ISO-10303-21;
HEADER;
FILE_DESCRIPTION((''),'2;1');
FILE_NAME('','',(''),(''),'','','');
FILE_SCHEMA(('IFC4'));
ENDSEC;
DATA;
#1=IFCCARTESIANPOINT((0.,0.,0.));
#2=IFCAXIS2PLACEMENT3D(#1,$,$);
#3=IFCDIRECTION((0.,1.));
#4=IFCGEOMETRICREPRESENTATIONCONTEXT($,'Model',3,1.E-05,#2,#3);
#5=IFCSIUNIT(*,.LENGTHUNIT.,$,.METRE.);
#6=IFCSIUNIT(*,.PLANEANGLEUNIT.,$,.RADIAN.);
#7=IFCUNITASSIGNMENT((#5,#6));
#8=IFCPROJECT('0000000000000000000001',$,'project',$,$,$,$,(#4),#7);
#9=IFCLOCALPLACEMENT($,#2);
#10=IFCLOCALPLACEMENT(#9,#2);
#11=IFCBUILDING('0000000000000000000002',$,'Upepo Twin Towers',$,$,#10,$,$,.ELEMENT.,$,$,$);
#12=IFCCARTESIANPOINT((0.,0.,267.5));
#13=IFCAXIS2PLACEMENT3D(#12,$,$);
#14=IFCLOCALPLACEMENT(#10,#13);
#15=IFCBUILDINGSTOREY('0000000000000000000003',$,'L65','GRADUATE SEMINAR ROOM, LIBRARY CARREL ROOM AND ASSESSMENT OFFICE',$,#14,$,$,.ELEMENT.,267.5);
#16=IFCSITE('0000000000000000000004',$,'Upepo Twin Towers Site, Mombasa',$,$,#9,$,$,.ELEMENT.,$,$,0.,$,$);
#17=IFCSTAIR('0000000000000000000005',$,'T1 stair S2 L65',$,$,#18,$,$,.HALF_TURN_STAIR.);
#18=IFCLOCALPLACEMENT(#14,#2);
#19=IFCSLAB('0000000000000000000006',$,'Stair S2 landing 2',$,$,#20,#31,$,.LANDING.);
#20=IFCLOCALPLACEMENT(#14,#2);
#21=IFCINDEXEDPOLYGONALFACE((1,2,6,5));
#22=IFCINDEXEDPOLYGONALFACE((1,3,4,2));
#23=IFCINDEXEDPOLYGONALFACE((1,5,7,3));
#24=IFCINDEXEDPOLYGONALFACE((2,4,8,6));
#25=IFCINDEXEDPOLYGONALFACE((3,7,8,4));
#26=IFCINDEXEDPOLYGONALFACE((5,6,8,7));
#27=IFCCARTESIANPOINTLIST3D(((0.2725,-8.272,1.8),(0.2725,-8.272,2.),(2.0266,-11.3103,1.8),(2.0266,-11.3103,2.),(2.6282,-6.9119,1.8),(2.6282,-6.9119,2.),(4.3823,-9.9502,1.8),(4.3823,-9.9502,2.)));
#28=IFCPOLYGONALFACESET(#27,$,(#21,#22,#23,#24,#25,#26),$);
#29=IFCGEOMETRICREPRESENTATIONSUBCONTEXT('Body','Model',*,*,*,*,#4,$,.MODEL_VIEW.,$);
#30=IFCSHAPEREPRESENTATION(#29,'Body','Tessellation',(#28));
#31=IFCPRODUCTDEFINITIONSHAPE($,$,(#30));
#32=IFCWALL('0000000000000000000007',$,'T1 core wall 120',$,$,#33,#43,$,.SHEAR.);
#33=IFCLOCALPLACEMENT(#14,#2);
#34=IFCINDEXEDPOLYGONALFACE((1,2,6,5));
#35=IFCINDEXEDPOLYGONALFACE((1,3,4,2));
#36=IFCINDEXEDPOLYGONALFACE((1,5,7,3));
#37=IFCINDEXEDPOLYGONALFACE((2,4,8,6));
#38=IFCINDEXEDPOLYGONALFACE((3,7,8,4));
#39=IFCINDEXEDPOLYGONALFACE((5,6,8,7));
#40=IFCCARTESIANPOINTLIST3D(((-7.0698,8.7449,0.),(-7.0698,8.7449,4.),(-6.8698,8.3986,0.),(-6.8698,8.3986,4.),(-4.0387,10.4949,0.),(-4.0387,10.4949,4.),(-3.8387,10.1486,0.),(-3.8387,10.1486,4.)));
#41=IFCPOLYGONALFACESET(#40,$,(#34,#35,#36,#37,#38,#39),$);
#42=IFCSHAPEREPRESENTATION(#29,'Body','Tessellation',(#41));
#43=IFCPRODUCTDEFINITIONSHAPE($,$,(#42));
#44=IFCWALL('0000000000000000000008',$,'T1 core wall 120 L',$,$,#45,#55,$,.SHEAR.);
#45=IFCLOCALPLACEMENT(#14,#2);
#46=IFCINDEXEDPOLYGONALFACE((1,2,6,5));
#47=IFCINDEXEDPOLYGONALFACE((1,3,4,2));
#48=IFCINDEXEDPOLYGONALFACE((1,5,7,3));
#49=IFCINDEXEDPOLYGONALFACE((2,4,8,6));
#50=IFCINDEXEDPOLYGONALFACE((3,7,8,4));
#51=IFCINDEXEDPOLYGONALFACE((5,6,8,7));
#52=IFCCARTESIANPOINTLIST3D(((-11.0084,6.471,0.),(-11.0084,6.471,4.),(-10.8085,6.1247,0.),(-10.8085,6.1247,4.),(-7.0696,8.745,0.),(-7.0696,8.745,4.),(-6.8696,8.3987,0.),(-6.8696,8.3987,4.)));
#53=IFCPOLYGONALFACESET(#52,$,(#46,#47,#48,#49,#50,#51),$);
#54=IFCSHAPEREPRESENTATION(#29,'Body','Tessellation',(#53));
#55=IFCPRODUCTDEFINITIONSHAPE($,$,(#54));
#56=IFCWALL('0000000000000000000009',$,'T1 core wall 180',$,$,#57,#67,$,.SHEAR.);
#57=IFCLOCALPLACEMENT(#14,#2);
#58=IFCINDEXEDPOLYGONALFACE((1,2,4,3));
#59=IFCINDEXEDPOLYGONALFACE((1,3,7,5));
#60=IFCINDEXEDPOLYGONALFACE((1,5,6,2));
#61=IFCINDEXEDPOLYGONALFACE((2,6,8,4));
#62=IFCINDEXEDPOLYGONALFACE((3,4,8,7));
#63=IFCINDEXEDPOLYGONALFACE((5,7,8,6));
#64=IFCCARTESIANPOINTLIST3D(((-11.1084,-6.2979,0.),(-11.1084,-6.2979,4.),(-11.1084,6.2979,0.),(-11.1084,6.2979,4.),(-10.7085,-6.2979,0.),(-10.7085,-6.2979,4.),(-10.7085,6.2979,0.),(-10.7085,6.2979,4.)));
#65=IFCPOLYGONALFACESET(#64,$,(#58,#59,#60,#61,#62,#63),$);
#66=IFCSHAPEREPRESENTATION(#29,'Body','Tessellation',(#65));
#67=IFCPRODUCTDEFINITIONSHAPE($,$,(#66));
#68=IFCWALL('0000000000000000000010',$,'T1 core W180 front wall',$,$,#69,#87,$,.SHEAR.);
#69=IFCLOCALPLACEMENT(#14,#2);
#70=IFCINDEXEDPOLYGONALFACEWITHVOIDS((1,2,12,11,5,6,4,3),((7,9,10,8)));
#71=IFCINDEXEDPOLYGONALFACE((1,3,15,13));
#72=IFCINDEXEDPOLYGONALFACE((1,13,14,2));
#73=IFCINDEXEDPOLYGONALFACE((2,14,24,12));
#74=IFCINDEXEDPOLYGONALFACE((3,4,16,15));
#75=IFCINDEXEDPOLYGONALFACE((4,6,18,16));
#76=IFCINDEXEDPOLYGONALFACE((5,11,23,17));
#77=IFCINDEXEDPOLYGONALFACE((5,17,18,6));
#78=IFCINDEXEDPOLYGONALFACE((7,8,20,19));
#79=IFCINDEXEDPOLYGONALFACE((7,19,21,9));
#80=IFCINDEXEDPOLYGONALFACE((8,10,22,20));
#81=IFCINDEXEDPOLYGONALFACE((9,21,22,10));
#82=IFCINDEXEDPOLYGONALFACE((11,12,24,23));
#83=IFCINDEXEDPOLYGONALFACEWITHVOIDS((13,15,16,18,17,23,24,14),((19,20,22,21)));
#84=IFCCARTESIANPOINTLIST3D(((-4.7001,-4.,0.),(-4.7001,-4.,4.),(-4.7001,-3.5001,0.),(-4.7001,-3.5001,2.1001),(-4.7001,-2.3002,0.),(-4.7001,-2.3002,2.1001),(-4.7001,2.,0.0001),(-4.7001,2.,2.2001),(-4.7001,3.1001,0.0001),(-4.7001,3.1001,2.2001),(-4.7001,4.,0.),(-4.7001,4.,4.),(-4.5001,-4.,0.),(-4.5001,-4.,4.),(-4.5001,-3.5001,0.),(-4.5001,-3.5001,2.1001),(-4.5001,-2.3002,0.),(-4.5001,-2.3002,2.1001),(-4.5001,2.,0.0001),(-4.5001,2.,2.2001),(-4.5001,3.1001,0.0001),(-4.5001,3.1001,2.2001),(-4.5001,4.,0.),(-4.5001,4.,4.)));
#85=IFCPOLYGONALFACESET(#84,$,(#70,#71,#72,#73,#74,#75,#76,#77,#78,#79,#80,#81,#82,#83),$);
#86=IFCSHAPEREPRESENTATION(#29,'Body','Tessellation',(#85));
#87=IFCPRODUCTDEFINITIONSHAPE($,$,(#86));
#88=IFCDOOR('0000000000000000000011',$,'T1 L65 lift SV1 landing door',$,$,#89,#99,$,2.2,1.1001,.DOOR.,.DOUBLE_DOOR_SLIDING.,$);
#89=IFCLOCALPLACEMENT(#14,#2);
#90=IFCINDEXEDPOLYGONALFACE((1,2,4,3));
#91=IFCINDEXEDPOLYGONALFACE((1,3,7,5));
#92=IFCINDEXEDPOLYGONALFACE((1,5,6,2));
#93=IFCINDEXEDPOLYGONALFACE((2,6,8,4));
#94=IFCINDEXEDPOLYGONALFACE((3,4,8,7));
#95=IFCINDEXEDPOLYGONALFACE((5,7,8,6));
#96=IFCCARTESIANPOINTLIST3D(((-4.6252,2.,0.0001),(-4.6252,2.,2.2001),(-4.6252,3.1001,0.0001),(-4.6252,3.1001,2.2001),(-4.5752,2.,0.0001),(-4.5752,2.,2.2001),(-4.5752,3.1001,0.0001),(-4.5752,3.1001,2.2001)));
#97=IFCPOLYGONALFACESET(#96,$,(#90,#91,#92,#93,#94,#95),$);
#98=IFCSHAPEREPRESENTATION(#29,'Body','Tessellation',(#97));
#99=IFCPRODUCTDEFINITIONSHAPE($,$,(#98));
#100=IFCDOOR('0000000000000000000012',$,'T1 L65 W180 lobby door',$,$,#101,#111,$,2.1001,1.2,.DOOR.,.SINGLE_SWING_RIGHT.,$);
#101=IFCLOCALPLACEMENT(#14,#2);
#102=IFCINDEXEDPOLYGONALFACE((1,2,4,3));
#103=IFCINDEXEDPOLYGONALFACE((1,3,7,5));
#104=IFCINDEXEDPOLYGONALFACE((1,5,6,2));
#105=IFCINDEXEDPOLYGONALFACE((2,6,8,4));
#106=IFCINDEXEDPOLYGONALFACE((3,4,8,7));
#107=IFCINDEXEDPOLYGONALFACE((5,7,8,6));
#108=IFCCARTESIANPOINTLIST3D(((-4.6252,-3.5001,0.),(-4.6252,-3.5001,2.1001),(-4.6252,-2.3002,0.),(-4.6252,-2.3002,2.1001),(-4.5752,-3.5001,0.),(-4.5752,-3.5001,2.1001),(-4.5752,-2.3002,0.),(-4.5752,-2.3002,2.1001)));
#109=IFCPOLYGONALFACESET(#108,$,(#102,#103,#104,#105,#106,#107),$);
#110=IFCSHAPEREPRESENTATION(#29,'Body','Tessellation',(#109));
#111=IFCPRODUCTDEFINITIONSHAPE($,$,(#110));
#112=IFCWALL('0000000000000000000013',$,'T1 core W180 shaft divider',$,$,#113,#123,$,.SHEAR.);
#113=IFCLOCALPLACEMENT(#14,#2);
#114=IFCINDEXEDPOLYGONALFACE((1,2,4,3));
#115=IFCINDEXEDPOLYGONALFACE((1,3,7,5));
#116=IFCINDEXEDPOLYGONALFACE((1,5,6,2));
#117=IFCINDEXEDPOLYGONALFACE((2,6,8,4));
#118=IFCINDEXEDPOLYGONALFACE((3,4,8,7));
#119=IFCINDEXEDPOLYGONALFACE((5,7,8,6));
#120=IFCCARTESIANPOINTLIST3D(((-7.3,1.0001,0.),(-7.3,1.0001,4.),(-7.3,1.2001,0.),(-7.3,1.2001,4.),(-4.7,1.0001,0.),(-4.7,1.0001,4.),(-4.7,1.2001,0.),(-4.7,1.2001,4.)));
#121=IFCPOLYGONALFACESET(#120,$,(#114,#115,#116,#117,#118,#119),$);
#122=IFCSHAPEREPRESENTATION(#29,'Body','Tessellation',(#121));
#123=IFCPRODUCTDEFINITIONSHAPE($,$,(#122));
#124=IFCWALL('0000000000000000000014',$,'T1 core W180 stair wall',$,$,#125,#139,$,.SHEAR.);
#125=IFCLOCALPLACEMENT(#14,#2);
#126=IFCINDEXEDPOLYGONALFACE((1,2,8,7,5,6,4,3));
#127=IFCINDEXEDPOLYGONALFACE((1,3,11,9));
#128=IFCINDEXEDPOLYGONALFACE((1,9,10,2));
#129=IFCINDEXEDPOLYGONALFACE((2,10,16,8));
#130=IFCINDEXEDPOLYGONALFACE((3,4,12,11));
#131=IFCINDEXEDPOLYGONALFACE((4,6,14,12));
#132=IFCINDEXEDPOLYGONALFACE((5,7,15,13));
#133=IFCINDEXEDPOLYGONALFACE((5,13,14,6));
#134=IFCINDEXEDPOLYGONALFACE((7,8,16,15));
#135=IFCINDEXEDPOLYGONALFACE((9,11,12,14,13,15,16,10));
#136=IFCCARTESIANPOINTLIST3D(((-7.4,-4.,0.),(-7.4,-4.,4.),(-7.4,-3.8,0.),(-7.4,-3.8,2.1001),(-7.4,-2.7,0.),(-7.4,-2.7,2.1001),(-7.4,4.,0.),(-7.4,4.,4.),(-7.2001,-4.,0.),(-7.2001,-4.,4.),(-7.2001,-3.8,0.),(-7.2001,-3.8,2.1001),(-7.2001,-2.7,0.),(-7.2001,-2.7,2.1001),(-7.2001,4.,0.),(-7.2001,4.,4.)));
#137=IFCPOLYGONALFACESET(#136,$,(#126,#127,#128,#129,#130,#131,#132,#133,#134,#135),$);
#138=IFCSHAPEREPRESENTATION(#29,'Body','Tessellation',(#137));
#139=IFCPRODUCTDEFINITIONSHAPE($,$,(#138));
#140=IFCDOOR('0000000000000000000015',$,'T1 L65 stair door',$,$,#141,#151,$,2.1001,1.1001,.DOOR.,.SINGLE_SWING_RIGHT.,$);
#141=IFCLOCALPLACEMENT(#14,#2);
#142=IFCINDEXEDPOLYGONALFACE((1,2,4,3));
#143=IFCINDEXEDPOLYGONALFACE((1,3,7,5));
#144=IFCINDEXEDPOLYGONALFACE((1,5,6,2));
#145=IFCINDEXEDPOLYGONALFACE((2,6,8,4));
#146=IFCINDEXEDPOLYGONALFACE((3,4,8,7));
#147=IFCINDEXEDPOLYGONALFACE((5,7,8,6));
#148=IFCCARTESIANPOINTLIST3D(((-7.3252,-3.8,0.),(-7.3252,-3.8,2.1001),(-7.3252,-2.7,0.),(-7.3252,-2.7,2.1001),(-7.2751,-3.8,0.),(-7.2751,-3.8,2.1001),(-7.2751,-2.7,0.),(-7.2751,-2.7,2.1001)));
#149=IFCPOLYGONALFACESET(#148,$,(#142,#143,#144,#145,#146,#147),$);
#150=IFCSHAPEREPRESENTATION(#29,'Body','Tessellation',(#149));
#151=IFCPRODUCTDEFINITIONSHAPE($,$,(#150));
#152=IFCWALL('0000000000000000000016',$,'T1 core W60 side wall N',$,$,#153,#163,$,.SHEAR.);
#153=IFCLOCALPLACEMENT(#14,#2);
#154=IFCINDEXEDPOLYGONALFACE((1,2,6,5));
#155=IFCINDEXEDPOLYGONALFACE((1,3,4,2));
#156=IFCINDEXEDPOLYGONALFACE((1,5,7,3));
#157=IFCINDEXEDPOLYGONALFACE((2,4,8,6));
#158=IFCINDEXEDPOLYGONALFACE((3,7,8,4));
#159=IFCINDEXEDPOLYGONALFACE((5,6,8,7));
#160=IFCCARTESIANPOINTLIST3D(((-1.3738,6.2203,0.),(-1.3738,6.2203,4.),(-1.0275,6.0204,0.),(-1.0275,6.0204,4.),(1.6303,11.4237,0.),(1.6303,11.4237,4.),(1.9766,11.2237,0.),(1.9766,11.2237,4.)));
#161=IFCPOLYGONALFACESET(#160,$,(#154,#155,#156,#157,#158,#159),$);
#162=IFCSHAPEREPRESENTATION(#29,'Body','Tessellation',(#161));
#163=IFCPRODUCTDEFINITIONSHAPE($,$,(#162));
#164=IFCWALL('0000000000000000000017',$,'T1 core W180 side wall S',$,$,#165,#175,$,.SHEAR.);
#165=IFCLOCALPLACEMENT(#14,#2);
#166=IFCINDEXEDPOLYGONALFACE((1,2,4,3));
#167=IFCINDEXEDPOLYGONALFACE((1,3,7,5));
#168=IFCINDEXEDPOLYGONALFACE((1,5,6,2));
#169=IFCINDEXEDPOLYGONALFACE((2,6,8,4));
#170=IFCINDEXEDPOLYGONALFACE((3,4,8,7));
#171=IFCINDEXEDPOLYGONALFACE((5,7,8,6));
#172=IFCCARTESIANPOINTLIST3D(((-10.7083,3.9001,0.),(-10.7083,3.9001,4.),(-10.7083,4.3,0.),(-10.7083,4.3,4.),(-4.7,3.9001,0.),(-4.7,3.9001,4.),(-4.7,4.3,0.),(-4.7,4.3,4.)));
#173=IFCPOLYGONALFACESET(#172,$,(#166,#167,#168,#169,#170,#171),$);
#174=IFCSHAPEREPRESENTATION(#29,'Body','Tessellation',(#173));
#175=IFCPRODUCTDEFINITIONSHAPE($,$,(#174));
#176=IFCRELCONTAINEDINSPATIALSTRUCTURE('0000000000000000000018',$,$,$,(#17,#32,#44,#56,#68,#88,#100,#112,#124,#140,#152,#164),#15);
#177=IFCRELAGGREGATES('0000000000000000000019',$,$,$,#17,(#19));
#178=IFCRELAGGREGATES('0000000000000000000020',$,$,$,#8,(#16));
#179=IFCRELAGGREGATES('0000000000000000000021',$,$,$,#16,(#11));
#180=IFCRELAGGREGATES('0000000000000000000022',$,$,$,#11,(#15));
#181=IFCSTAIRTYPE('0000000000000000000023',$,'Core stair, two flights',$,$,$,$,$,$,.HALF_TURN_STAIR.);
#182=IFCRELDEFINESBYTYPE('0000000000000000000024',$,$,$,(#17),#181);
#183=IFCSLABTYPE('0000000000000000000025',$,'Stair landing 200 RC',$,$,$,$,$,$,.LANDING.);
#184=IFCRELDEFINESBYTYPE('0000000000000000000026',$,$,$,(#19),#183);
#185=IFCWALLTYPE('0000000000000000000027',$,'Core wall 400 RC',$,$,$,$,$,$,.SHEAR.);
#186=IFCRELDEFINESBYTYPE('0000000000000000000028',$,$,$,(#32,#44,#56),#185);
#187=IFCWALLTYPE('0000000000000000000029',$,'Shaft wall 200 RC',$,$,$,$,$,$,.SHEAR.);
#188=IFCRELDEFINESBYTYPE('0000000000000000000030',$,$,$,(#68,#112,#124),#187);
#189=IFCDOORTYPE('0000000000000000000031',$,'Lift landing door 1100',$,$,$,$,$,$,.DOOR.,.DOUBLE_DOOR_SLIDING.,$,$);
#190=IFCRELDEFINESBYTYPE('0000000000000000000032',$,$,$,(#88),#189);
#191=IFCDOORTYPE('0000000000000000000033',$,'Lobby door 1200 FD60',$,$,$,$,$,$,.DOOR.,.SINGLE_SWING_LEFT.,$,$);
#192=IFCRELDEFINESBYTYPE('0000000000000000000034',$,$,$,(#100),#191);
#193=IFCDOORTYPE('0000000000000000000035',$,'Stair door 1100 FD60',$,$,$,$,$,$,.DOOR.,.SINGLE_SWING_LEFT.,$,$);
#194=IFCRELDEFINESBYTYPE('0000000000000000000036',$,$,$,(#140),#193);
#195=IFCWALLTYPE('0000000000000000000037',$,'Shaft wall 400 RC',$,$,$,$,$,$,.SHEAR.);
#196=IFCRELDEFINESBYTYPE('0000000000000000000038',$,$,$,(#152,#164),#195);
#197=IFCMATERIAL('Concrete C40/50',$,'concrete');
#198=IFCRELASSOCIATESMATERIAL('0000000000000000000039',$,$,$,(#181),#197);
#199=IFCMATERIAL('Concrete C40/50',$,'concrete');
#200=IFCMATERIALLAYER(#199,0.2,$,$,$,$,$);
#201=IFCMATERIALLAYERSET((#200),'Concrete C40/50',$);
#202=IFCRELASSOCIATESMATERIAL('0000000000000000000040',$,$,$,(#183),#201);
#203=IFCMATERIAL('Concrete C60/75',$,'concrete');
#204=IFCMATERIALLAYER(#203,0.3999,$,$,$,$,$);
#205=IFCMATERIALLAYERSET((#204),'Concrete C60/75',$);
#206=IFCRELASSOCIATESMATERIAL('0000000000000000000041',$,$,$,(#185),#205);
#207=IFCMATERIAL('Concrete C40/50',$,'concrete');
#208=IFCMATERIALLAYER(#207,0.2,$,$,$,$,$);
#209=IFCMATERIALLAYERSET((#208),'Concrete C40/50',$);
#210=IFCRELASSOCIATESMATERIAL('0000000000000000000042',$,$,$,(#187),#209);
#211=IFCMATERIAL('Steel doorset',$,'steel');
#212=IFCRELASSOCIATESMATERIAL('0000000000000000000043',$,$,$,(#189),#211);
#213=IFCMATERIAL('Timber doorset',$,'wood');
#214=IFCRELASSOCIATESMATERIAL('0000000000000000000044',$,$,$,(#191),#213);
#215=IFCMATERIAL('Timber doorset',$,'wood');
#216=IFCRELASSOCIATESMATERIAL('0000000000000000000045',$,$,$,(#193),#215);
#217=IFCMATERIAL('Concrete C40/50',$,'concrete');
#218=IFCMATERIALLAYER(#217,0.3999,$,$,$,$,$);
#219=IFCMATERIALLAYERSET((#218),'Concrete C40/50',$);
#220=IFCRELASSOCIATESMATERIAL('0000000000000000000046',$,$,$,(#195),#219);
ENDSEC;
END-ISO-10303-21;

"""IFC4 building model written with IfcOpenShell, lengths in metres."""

from ifc_helpers import new_model, si_unit, direction, frame, frame_2d, origin, place, context, subcontext, project, spatial, polyline, rectangle, outline, extrude, material, layer, layer_set, type_object, element, fill, aggregate, save


model = new_model("IFC4")

# Units and contexts
model_context = context("Model", 3, precision=1e-05, world=origin(), true_north=direction((0.0, 1.0)))
body_context = subcontext(model_context, "Body", "Model", "MODEL_VIEW")
ifc_project = project(units=[si_unit("LENGTHUNIT", "METRE"), si_unit("PLANEANGLEUNIT", "RADIAN")], contexts=[model_context])

# Site, building, storey
site_placement = place(None, origin())
site = spatial("IfcSite", under=ifc_project, at=site_placement, Name="Upepo Twin Towers Site, Mombasa", CompositionType="ELEMENT", RefElevation=0.0)
building_placement = place(site_placement, origin())
building = spatial("IfcBuilding", under=site, at=building_placement, Name="Upepo Twin Towers", CompositionType="ELEMENT")
storey_placement = place(building_placement, frame((0.0, 0.0, 267.5)))
storey = spatial("IfcBuildingStorey", under=building, at=storey_placement, Name="L65", Description="GRADUATE SEMINAR ROOM, LIBRARY CARREL ROOM AND ASSESSMENT OFFICE", CompositionType="ELEMENT", Elevation=267.5)

# Stair, slab
ifc_material_1 = material(Name="Concrete C40/50", Category="concrete")
stair_type = type_object("IfcStairType", Name="Core stair, two flights", PredefinedType="HALF_TURN_STAIR", material=ifc_material_1)
stair_1_placement = place(storey_placement, origin())
stair_1 = element("IfcStair", 1, at=stair_1_placement, inside=storey, type_object=stair_type, Name="T1 stair S2 L65", PredefinedType="HALF_TURN_STAIR")
ifc_material_2 = material(Name="Concrete C40/50", Category="concrete")
ifc_layer_1 = layer(ifc_material_2, 0.2)
ifc_layer_set_1 = layer_set([ifc_layer_1], Name="Concrete C40/50")
slab_type = type_object("IfcSlabType", Name="Stair landing 200 RC", PredefinedType="LANDING", material=ifc_layer_set_1)
slab_placement = place(storey_placement, frame((0.0, 0.0, 1.8)))
slab = element("IfcSlab", 2, at=slab_placement, type_object=slab_type, Name="Stair S2 landing 2", PredefinedType="LANDING", context=body_context, shape_type="SweptSolid", body=[
    extrude(outline(polyline([(0.2725, -8.272), (2.0266, -11.3103), (4.3823, -9.9502), (2.6282, -6.9119), (0.2725, -8.272)])), origin(), (0.0, 0.0, 1.0), 0.2),
])
aggregate(stair_1, [slab])

# Walls
ifc_material_3 = material(Name="Concrete C60/75", Category="concrete")
ifc_layer_2 = layer(ifc_material_3, 0.3999)
ifc_layer_set_2 = layer_set([ifc_layer_2], Name="Concrete C60/75")
wall_type_1 = type_object("IfcWallType", Name="Core wall 400 RC", PredefinedType="SHEAR", material=ifc_layer_set_2)
wall_1_placement = place(storey_placement, frame((-3.9387, 10.3218, 0.0), z_axis=(0.0, 0.0, 1.0), x_axis=(-0.866019, -0.50001, 0.0)))
element("IfcWall", 3, at=wall_1_placement, inside=storey, type_object=wall_type_1, Name="T1 core wall 120", PredefinedType="SHEAR", context=body_context, shape_type="SweptSolid", body=[
    extrude(rectangle(XDim=3.5, YDim=0.3999, at=frame_2d((1.75, 0.0))), origin(), (0.0, 0.0, 1.0), 4.0),
])
wall_2_placement = place(storey_placement, frame((-6.9697, 8.5718, 0.0), z_axis=(0.0, 0.0, 1.0), x_axis=(-0.866035, -0.499984, 0.0)))
element("IfcWall", 4, at=wall_2_placement, inside=storey, type_object=wall_type_1, Name="T1 core wall 120 L", PredefinedType="SHEAR", context=body_context, shape_type="SweptSolid", body=[
    extrude(rectangle(XDim=4.5481, YDim=0.3999, at=frame_2d((2.2739, 0.0))), origin(), (0.0, 0.0, 1.0), 4.0),
])
wall_3_placement = place(storey_placement, frame((-10.9084, 6.2979, 0.0), z_axis=(0.0, 0.0, 1.0), x_axis=(0.0, -1.0, 0.0)))
element("IfcWall", 5, at=wall_3_placement, inside=storey, type_object=wall_type_1, Name="T1 core wall 180", PredefinedType="SHEAR", context=body_context, shape_type="SweptSolid", body=[
    extrude(rectangle(XDim=12.5957, YDim=0.3999, at=frame_2d((6.2979, 0.0))), origin(), (0.0, 0.0, 1.0), 4.0),
])

# Wall, openings, doors
ifc_material_4 = material(Name="Concrete C40/50", Category="concrete")
ifc_layer_3 = layer(ifc_material_4, 0.2)
ifc_layer_set_3 = layer_set([ifc_layer_3], Name="Concrete C40/50")
wall_type_2 = type_object("IfcWallType", Name="Shaft wall 200 RC", PredefinedType="SHEAR", material=ifc_layer_set_3)
wall_4_placement = place(storey_placement, frame((-4.6001, 4.0, 0.0), z_axis=(0.0, 0.0, 1.0), x_axis=(0.0, -1.0, 0.0)))
wall_4 = element("IfcWall", 6, at=wall_4_placement, inside=storey, type_object=wall_type_2, Name="T1 core W180 front wall", PredefinedType="SHEAR", context=body_context, shape_type="SweptSolid", body=[
    extrude(rectangle(XDim=8.0, YDim=0.2, at=frame_2d((4.0, 0.0))), origin(), (0.0, 0.0, 1.0), 4.0),
])
opening_1_placement = place(wall_4_placement, frame((6.3, 0.0, 0.0)))
opening_1 = element("IfcOpeningElement", 7, at=opening_1_placement, cuts=wall_4, PredefinedType="OPENING", context=body_context, shape_type="SweptSolid", body=[
    extrude(rectangle(XDim=1.2, YDim=2.1001, at=frame_2d((0.6001, 1.05))), frame((0.0, 0.1099, 0.0), z_axis=(0.0, -1.0, 0.0), x_axis=(1.0, 0.0, 0.0)), (0.0, 0.0, 1.0), 0.22),
])
opening_2_placement = place(wall_4_placement, frame((0.8999, 0.0, 0.0)))
opening_2 = element("IfcOpeningElement", 8, at=opening_2_placement, cuts=wall_4, PredefinedType="OPENING", context=body_context, shape_type="SweptSolid", body=[
    extrude(rectangle(XDim=1.1001, YDim=2.2, at=frame_2d((0.55, 1.1001))), frame((0.0, 0.1099, 0.0), z_axis=(0.0, -1.0, 0.0), x_axis=(1.0, 0.0, 0.0)), (0.0, 0.0, 1.0), 0.22),
])
ifc_material_5 = material(Name="Steel doorset", Category="steel")
door_type_1 = type_object("IfcDoorType", Name="Lift landing door 1100", OperationType="DOUBLE_DOOR_SLIDING", PredefinedType="DOOR", material=ifc_material_5)
door_1_placement = place(opening_2_placement, origin())
door_1 = element("IfcDoor", 9, at=door_1_placement, inside=storey, type_object=door_type_1, Name="T1 L65 lift SV1 landing door", OperationType="DOUBLE_DOOR_SLIDING", OverallHeight=2.2, OverallWidth=1.1001, PredefinedType="DOOR", context=body_context, shape_type="SweptSolid", body=[
    extrude(rectangle(XDim=1.1001, YDim=2.2, at=frame_2d((0.55, 1.1001))), frame((0.0, 0.0249, 0.0), z_axis=(0.0, -1.0, 0.0), x_axis=(1.0, 0.0, 0.0)), (0.0, 0.0, 1.0), 0.05),
])
fill(opening_2, door_1)
ifc_material_6 = material(Name="Timber doorset", Category="wood")
door_type_2 = type_object("IfcDoorType", Name="Lobby door 1200 FD60", OperationType="SINGLE_SWING_LEFT", PredefinedType="DOOR", material=ifc_material_6)
door_2_placement = place(opening_1_placement, origin())
door_2 = element("IfcDoor", 10, at=door_2_placement, inside=storey, type_object=door_type_2, Name="T1 L65 W180 lobby door", OperationType="SINGLE_SWING_RIGHT", OverallHeight=2.1001, OverallWidth=1.2, PredefinedType="DOOR", context=body_context, shape_type="SweptSolid", body=[
    extrude(rectangle(XDim=1.2, YDim=2.1001, at=frame_2d((0.6001, 1.05))), frame((0.0, 0.0249, 0.0), z_axis=(0.0, -1.0, 0.0), x_axis=(1.0, 0.0, 0.0)), (0.0, 0.0, 1.0), 0.05),
])
fill(opening_1, door_2)

# Wall
wall_5_placement = place(storey_placement, frame((-4.7, 1.1001, 0.0), z_axis=(0.0, 0.0, 1.0), x_axis=(-1.0, 0.0, 0.0)))
element("IfcWall", 11, at=wall_5_placement, inside=storey, type_object=wall_type_2, Name="T1 core W180 shaft divider", PredefinedType="SHEAR", context=body_context, shape_type="SweptSolid", body=[
    extrude(rectangle(XDim=2.6001, YDim=0.2, at=frame_2d((1.3, 0.0))), origin(), (0.0, 0.0, 1.0), 4.0),
])

# Wall, opening, door
wall_6_placement = place(storey_placement, frame((-7.3, 4.0, 0.0), z_axis=(0.0, 0.0, 1.0), x_axis=(0.0, -1.0, 0.0)))
wall_6 = element("IfcWall", 12, at=wall_6_placement, inside=storey, type_object=wall_type_2, Name="T1 core W180 stair wall", PredefinedType="SHEAR", context=body_context, shape_type="SweptSolid", body=[
    extrude(rectangle(XDim=8.0, YDim=0.2, at=frame_2d((4.0, 0.0))), origin(), (0.0, 0.0, 1.0), 4.0),
])
opening_3_placement = place(wall_6_placement, frame((6.7, 0.0, 0.0)))
opening_3 = element("IfcOpeningElement", 13, at=opening_3_placement, cuts=wall_6, PredefinedType="OPENING", context=body_context, shape_type="SweptSolid", body=[
    extrude(rectangle(XDim=1.1001, YDim=2.1001, at=frame_2d((0.55, 1.05))), frame((0.0, 0.1099, 0.0), z_axis=(0.0, -1.0, 0.0), x_axis=(1.0, 0.0, 0.0)), (0.0, 0.0, 1.0), 0.22),
])
ifc_material_7 = material(Name="Timber doorset", Category="wood")
door_type_3 = type_object("IfcDoorType", Name="Stair door 1100 FD60", OperationType="SINGLE_SWING_LEFT", PredefinedType="DOOR", material=ifc_material_7)
door_3_placement = place(opening_3_placement, origin())
door_3 = element("IfcDoor", 14, at=door_3_placement, inside=storey, type_object=door_type_3, Name="T1 L65 stair door", OperationType="SINGLE_SWING_RIGHT", OverallHeight=2.1001, OverallWidth=1.1001, PredefinedType="DOOR", context=body_context, shape_type="SweptSolid", body=[
    extrude(rectangle(XDim=1.1001, YDim=2.1001, at=frame_2d((0.55, 1.05))), frame((0.0, 0.0249, 0.0), z_axis=(0.0, -1.0, 0.0), x_axis=(1.0, 0.0, 0.0)), (0.0, 0.0, 1.0), 0.05),
])
fill(opening_3, door_3)

# Walls
ifc_material_8 = material(Name="Concrete C40/50", Category="concrete")
ifc_layer_4 = layer(ifc_material_8, 0.3999)
ifc_layer_set_4 = layer_set([ifc_layer_4], Name="Concrete C40/50")
wall_type_3 = type_object("IfcWallType", Name="Shaft wall 400 RC", PredefinedType="SHEAR", material=ifc_layer_set_4)
for number, where, z_axis, x_axis, name in (
    (15, (-1.2007, 6.1204, 0.0), (0.0, 0.0, 1.0), (0.499998, 0.866027, 0.0), "T1 core W60 side wall N"),
    (16, (-4.7, 4.1001, 0.0), (0.0, 0.0, 1.0), (-1.0, 0.0, 0.0), "T1 core W180 side wall S"),
):
    element("IfcWall", number, at=place(storey_placement, frame(where, z_axis=z_axis, x_axis=x_axis)), inside=storey, type_object=wall_type_3, Name=name, PredefinedType="SHEAR", context=body_context, shape_type="SweptSolid", body=[
        extrude(rectangle(XDim=6.0083, YDim=0.3999, at=frame_2d((3.0042, 0.0))), origin(), (0.0, 0.0, 1.0), 4.0),
    ])

save(model, "model.ifc")
